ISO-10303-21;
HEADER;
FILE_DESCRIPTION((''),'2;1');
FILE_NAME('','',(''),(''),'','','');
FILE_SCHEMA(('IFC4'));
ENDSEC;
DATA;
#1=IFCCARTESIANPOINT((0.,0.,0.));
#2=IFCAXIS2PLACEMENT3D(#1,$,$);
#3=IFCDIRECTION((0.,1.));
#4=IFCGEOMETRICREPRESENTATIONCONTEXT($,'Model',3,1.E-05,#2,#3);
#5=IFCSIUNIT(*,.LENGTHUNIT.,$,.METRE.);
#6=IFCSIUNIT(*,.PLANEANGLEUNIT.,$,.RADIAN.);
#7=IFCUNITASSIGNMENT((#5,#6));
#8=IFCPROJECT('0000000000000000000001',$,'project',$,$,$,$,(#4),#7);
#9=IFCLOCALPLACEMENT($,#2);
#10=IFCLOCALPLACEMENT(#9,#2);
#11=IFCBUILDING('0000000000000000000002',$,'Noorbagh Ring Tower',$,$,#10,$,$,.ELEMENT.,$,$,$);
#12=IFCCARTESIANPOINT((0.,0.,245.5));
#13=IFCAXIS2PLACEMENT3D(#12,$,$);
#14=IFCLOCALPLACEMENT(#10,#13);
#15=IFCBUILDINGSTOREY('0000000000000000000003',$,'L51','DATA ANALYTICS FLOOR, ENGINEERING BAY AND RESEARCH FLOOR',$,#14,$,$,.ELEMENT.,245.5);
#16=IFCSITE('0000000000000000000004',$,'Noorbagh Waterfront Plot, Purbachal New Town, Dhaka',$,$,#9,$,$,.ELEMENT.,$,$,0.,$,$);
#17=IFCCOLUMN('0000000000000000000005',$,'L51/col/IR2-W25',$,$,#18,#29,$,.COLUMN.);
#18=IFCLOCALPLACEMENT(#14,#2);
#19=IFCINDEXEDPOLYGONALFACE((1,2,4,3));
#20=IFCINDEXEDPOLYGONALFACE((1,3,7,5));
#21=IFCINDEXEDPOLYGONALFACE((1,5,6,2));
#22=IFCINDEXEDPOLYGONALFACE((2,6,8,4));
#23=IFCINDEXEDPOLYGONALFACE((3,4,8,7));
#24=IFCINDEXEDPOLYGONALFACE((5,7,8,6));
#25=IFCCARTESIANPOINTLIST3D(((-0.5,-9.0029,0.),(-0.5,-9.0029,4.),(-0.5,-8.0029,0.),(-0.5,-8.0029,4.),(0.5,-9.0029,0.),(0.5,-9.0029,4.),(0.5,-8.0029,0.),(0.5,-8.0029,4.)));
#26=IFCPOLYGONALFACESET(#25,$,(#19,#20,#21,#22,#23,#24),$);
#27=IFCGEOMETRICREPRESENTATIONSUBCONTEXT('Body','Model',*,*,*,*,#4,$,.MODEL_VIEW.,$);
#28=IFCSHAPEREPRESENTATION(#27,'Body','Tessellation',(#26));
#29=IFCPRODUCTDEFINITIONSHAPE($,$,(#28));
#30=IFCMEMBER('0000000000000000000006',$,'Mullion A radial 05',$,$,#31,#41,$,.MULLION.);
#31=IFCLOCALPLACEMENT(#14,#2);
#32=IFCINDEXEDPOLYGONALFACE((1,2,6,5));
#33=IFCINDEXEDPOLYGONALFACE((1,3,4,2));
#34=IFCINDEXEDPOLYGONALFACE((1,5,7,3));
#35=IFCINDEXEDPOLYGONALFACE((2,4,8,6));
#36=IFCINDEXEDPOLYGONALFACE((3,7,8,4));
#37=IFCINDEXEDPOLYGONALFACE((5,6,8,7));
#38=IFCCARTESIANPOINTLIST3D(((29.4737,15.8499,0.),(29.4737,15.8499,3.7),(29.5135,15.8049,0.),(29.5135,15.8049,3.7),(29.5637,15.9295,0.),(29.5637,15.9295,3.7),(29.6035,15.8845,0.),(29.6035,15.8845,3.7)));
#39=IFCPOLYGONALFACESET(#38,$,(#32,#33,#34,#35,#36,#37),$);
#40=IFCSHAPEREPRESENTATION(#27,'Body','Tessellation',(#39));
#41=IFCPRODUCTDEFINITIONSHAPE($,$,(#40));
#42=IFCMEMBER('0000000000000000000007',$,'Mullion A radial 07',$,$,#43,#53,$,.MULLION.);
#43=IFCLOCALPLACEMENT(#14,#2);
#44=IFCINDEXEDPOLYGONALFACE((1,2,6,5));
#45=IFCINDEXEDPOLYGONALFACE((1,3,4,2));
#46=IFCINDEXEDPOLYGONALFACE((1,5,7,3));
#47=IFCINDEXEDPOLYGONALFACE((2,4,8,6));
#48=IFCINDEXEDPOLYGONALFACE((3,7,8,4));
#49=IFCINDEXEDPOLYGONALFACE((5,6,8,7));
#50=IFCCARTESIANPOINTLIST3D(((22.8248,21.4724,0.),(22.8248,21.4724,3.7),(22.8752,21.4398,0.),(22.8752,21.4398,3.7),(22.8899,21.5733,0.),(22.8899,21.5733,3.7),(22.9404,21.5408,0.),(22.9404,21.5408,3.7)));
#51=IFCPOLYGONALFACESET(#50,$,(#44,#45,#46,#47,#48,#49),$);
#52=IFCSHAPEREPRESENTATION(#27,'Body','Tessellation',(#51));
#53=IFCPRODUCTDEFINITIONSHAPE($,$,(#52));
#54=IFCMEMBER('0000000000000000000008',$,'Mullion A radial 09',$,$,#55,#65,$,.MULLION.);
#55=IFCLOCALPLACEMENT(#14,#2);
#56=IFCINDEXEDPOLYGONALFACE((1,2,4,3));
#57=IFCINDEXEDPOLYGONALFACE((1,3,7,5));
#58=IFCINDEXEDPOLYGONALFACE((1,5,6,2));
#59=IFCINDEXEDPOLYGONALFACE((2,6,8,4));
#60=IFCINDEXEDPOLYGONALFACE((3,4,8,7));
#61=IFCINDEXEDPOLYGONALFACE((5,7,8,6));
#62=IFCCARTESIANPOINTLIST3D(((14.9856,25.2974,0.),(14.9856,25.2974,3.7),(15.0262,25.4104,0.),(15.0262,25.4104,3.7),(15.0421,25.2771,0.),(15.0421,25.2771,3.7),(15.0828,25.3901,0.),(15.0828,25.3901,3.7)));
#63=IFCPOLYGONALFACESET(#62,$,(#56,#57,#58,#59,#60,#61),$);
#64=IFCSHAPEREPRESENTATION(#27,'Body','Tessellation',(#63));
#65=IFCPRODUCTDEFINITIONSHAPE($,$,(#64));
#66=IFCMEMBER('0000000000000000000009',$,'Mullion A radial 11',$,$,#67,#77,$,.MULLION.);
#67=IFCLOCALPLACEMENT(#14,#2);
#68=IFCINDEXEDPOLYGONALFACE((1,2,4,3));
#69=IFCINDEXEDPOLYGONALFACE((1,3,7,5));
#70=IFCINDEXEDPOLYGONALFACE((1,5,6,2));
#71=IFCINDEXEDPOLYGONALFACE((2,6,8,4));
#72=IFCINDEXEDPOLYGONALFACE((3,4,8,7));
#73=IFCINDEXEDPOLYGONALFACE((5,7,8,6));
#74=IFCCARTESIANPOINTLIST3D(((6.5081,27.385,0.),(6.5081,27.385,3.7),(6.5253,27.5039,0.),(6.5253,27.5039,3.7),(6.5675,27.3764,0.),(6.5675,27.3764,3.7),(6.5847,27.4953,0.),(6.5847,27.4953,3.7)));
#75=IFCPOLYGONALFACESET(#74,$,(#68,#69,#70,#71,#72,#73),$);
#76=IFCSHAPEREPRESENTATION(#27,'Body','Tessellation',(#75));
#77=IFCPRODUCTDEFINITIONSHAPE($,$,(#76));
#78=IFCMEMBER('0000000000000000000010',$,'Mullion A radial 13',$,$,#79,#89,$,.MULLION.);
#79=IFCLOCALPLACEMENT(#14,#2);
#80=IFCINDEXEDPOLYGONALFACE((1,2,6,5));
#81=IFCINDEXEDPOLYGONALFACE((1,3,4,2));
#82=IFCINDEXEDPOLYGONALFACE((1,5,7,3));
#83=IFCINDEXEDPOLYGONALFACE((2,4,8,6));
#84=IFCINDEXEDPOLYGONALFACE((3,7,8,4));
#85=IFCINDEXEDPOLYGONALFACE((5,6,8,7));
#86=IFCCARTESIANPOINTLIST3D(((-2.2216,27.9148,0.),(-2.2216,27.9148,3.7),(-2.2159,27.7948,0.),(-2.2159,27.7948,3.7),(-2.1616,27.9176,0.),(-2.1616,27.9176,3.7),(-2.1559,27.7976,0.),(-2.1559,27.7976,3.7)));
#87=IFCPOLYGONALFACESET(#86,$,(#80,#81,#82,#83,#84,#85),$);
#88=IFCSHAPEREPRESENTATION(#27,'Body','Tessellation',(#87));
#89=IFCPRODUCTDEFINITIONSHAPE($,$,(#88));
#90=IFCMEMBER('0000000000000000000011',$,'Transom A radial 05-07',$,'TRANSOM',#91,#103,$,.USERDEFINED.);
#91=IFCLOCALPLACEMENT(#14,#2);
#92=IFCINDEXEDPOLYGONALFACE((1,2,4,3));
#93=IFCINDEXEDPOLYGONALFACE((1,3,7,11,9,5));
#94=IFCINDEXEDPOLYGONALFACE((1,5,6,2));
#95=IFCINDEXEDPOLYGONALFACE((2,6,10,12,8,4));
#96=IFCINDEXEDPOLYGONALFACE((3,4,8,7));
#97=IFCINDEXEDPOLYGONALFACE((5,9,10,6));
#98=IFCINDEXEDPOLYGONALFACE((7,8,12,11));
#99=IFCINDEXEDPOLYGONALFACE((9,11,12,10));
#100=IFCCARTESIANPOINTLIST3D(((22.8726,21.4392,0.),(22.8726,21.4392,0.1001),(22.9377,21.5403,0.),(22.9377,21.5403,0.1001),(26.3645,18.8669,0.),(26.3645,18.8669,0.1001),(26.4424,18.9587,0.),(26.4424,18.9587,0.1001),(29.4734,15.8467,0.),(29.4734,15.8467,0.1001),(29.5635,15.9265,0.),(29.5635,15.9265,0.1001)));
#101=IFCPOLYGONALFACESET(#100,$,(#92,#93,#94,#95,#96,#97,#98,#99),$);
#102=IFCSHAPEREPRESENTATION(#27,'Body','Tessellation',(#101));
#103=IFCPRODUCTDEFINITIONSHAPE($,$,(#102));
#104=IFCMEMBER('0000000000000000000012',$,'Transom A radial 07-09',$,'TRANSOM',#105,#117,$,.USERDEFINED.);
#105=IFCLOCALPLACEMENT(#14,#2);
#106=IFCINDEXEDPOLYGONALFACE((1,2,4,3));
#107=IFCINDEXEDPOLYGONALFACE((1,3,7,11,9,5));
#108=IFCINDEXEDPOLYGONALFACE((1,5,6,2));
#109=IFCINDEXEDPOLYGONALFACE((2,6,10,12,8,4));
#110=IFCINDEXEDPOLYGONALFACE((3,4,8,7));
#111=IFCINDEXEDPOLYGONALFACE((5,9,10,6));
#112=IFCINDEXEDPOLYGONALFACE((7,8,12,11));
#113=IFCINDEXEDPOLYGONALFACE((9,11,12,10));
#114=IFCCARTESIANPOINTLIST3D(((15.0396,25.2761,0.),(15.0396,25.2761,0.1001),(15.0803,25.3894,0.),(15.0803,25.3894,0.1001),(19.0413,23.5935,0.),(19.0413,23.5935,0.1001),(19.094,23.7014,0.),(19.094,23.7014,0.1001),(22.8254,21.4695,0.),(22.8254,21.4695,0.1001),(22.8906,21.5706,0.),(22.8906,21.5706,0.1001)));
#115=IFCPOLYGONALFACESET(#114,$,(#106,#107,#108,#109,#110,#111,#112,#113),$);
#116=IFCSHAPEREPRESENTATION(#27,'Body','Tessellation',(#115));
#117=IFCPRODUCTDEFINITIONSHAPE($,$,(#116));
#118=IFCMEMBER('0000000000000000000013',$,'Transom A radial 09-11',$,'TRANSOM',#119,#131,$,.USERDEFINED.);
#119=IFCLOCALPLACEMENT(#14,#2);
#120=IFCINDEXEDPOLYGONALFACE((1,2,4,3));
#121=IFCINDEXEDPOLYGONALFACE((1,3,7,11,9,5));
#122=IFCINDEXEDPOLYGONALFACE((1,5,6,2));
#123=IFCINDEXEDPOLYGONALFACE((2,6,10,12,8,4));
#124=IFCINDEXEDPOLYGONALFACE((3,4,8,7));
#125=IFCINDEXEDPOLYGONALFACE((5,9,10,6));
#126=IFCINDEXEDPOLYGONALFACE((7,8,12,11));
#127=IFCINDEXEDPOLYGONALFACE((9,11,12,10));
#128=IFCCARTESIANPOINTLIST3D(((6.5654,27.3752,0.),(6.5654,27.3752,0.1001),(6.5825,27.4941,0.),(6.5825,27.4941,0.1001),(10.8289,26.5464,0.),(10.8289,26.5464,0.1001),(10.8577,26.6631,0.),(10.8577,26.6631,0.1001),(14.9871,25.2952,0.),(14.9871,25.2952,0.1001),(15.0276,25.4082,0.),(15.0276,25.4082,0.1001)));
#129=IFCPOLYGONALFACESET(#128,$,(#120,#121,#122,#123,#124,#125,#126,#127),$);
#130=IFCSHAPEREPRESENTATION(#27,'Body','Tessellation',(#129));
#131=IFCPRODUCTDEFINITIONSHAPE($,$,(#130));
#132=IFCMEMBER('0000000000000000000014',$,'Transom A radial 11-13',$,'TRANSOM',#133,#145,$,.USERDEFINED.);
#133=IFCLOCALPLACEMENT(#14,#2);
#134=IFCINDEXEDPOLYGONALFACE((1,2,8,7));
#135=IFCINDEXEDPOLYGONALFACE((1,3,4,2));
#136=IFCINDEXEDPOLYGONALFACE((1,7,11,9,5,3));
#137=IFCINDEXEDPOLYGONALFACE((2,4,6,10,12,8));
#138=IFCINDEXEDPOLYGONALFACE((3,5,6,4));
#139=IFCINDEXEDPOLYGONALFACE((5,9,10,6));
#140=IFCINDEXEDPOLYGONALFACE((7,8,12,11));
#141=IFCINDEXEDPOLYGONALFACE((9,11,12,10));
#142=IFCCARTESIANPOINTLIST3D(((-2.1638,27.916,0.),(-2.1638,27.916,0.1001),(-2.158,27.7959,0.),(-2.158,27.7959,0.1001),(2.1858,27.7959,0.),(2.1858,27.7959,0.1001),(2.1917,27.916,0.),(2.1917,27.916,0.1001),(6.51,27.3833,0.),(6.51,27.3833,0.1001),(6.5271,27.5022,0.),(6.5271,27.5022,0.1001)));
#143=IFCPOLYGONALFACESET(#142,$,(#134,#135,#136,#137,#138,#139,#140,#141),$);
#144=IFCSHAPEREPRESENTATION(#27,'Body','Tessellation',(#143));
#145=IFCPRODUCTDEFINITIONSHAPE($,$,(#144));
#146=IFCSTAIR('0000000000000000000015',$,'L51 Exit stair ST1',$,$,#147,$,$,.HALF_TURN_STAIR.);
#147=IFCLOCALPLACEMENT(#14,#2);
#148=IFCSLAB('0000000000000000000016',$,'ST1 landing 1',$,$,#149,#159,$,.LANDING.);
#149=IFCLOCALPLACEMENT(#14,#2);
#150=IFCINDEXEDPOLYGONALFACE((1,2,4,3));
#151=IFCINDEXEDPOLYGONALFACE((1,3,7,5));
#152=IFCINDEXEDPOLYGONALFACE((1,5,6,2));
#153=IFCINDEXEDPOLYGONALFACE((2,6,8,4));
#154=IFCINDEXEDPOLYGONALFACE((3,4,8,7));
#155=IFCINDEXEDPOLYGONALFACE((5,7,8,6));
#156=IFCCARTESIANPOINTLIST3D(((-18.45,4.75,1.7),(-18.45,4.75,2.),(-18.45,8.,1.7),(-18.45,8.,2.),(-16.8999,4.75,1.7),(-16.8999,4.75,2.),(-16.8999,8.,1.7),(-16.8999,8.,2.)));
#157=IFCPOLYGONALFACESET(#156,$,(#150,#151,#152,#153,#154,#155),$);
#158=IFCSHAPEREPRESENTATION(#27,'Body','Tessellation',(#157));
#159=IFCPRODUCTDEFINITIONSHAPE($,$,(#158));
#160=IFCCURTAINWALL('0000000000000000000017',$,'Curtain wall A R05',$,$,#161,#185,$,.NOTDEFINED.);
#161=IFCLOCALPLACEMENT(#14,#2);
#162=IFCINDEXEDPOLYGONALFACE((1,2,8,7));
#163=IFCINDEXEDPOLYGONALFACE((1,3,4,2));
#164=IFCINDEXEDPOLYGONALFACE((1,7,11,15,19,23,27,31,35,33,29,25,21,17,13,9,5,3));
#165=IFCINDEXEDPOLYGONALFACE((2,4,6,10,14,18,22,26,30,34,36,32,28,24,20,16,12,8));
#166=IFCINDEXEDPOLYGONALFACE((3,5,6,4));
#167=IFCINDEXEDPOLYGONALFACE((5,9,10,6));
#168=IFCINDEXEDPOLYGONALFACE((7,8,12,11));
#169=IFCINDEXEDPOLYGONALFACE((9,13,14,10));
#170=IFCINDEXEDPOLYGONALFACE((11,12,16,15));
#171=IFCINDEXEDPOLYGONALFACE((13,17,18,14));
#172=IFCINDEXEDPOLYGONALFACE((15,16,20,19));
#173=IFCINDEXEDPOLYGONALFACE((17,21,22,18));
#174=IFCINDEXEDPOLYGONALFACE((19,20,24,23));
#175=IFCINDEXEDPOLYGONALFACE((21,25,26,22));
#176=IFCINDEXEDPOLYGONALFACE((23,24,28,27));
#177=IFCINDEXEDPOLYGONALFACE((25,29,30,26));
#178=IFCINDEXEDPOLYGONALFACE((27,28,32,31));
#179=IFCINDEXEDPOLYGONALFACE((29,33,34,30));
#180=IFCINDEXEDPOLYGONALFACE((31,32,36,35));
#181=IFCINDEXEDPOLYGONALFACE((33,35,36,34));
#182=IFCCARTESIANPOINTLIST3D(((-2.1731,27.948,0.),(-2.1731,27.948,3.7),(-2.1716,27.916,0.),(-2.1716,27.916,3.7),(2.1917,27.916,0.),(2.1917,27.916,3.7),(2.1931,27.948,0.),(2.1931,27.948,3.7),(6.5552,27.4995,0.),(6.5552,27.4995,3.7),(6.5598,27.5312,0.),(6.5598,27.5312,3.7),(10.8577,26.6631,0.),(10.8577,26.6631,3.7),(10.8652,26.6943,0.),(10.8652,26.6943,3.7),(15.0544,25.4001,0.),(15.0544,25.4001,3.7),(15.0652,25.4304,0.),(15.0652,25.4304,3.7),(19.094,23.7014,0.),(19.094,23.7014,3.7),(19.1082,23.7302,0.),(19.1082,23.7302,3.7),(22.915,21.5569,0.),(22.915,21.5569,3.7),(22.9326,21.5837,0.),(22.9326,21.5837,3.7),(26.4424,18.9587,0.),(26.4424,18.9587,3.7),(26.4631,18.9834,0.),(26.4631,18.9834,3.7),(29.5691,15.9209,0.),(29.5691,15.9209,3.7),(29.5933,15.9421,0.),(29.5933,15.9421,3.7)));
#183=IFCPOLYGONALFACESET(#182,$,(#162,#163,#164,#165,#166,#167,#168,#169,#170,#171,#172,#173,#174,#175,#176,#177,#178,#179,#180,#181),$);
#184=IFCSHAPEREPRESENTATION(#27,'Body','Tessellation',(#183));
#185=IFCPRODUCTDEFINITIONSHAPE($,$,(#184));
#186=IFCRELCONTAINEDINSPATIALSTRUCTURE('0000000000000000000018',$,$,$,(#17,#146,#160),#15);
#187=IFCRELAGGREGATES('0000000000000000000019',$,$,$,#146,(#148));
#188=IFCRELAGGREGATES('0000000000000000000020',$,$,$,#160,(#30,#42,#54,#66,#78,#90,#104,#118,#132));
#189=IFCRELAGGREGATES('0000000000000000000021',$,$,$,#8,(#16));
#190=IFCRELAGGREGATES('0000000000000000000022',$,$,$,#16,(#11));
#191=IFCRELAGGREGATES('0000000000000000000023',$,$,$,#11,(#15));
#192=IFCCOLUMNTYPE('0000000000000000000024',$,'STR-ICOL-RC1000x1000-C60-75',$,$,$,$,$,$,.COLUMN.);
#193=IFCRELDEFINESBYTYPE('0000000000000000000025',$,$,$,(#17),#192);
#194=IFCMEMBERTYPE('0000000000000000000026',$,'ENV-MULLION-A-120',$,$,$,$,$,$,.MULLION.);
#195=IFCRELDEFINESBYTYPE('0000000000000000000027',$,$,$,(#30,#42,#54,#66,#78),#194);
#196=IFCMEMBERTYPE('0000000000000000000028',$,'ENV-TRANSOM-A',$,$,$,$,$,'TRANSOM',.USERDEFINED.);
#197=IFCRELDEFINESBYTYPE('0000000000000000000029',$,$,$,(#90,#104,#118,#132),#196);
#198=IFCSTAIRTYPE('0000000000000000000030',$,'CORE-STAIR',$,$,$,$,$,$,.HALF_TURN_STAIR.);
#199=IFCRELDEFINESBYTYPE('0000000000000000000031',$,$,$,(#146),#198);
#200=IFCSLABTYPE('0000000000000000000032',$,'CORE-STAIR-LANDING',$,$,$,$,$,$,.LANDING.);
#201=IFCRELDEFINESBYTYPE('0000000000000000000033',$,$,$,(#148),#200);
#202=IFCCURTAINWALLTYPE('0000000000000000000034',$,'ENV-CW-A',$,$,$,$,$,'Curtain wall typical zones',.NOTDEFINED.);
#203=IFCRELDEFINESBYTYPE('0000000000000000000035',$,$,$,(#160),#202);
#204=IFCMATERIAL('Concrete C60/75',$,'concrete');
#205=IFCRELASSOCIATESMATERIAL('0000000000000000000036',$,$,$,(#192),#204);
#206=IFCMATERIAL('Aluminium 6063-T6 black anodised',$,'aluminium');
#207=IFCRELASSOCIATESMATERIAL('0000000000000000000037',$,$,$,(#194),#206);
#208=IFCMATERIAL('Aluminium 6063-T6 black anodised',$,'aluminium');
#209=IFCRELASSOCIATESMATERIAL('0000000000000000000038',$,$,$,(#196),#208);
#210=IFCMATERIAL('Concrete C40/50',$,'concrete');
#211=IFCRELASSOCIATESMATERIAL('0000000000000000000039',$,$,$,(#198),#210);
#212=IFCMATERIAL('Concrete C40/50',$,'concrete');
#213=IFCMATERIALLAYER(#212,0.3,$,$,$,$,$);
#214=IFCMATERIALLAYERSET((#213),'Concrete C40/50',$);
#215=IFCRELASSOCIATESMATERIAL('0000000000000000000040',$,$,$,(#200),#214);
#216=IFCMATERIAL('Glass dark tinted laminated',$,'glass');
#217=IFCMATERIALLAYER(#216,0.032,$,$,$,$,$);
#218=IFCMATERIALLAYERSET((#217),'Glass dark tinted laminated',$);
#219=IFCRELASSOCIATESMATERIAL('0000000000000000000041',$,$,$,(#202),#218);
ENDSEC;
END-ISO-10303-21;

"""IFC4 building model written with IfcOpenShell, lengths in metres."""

from ifc_helpers import new_model, si_unit, direction, frame, origin, origin_2d, place, context, subcontext, project, spatial, polyline, rectangle, outline, extrude, material, layer, layer_set, material_profile, profile_set, type_object, element, aggregate, save


model = new_model("IFC4")

# Units and contexts
model_context = context("Model", 3, precision=1e-05, world=origin(), true_north=direction((0.0, 1.0)))
body_context = subcontext(model_context, "Body", "Model", "MODEL_VIEW")
ifc_project = project(units=[si_unit("LENGTHUNIT", "METRE"), si_unit("PLANEANGLEUNIT", "RADIAN")], contexts=[model_context])

# Site, building, storey
site_placement = place(None, origin())
site = spatial("IfcSite", under=ifc_project, at=site_placement, Name="Noorbagh Waterfront Plot, Purbachal New Town, Dhaka", CompositionType="ELEMENT", RefElevation=0.0)
building_placement = place(site_placement, origin())
building = spatial("IfcBuilding", under=site, at=building_placement, Name="Noorbagh Ring Tower", CompositionType="ELEMENT")
storey_placement = place(building_placement, frame((0.0, 0.0, 245.5)))
storey = spatial("IfcBuildingStorey", under=building, at=storey_placement, Name="L51", Description="DATA ANALYTICS FLOOR, ENGINEERING BAY AND RESEARCH FLOOR", CompositionType="ELEMENT", Elevation=245.5)

# Column
ifc_material_1 = material(Name="Concrete C60/75", Category="concrete")
ifc_material_profile_1 = material_profile(ifc_material_1, rectangle(XDim=1.0, YDim=1.0, at=origin_2d()), Name="RC1000x1000")
ifc_profile_set_1 = profile_set([ifc_material_profile_1], Name="Concrete C60/75")
column_type = type_object("IfcColumnType", Name="STR-ICOL-RC1000x1000-C60-75", PredefinedType="COLUMN", material=ifc_profile_set_1)
column_placement = place(storey_placement, frame((0.0, -8.5029, 0.0), z_axis=(0.0, 0.0, 1.0), x_axis=(1.0, 0.0, 0.0)))
element("IfcColumn", 1, at=column_placement, inside=storey, type_object=column_type, Name="L51/col/IR2-W25", PredefinedType="COLUMN", context=body_context, shape_type="SweptSolid", body=[
    extrude(rectangle(XDim=1.0, YDim=1.0, at=origin_2d()), origin(), (0.0, 0.0, 1.0), 4.0),
])

# Members
ifc_material_2 = material(Name="Aluminium 6063-T6 black anodised", Category="aluminium")
ifc_material_profile_2 = material_profile(ifc_material_2, rectangle(XDim=0.1201, YDim=0.0601, at=origin_2d()), Name="120x60")
ifc_profile_set_2 = profile_set([ifc_material_profile_2], Name="Aluminium 6063-T6 black anodised")
member_type_1 = type_object("IfcMemberType", Name="ENV-MULLION-A-120", PredefinedType="MULLION", material=ifc_profile_set_2)
member_1_placement = place(storey_placement, frame((29.5386, 15.8672, 0.0), z_axis=(0.0, 0.0, 1.0), x_axis=(-0.749047, -0.662517, 0.0)))
member_1 = element("IfcMember", 2, at=member_1_placement, type_object=member_type_1, Name="Mullion A radial 05", PredefinedType="MULLION", context=body_context, shape_type="SweptSolid", body=[
    extrude(rectangle(XDim=0.1201, YDim=0.0601, at=origin_2d()), origin(), (0.0, 0.0, 1.0), 3.7),
])
member_2_placement = place(storey_placement, frame((22.8826, 21.5066, 0.0), z_axis=(0.0, 0.0, 1.0), x_axis=(-0.542279, -0.840198, 0.0)))
member_2 = element("IfcMember", 3, at=member_2_placement, type_object=member_type_1, Name="Mullion A radial 07", PredefinedType="MULLION", context=body_context, shape_type="SweptSolid", body=[
    extrude(rectangle(XDim=0.1201, YDim=0.0601, at=origin_2d()), origin(), (0.0, 0.0, 1.0), 3.7),
])
member_3_placement = place(storey_placement, frame((15.0342, 25.3438, 0.0), z_axis=(0.0, 0.0, 1.0), x_axis=(-0.338379, -0.94101, 0.0)))
member_3 = element("IfcMember", 4, at=member_3_placement, type_object=member_type_1, Name="Mullion A radial 09", PredefinedType="MULLION", context=body_context, shape_type="SweptSolid", body=[
    extrude(rectangle(XDim=0.1201, YDim=0.0601, at=origin_2d()), origin(), (0.0, 0.0, 1.0), 3.7),
])
member_4_placement = place(storey_placement, frame((6.5464, 27.4402, 0.0), z_axis=(0.0, 0.0, 1.0), x_axis=(-0.143082, -0.989711, 0.0)))
member_4 = element("IfcMember", 5, at=member_4_placement, type_object=member_type_1, Name="Mullion A radial 11", PredefinedType="MULLION", context=body_context, shape_type="SweptSolid", body=[
    extrude(rectangle(XDim=0.1201, YDim=0.0601, at=origin_2d()), origin(), (0.0, 0.0, 1.0), 3.7),
])
member_5_placement = place(storey_placement, frame((-2.1887, 27.8562, 0.0), z_axis=(0.0, 0.0, 1.0), x_axis=(0.047558, -0.998868, 0.0)))
member_5 = element("IfcMember", 6, at=member_5_placement, type_object=member_type_1, Name="Mullion A radial 13", PredefinedType="MULLION", context=body_context, shape_type="SweptSolid", body=[
    extrude(rectangle(XDim=0.1201, YDim=0.0601, at=origin_2d()), origin(), (0.0, 0.0, 1.0), 3.7),
])
ifc_material_3 = material(Name="Aluminium 6063-T6 black anodised", Category="aluminium")
member_type_2 = type_object("IfcMemberType", Name="ENV-TRANSOM-A", ElementType="TRANSOM", PredefinedType="USERDEFINED", material=ifc_material_3)
member_6_placement = place(storey_placement, origin())
member_6 = element("IfcMember", 7, at=member_6_placement, type_object=member_type_2, Name="Transom A radial 05-07", ObjectType="TRANSOM", PredefinedType="USERDEFINED", context=body_context, shape_type="SweptSolid", body=[
    extrude(outline(polyline([(29.5635, 15.9265), (26.4424, 18.9587), (22.9377, 21.5403), (22.8726, 21.4392), (26.3645, 18.8669), (29.4734, 15.8467), (29.5635, 15.9265)])), origin(), (0.0, 0.0, 1.0), 0.1001),
])
member_7_placement = place(storey_placement, origin())
member_7 = element("IfcMember", 8, at=member_7_placement, type_object=member_type_2, Name="Transom A radial 07-09", ObjectType="TRANSOM", PredefinedType="USERDEFINED", context=body_context, shape_type="SweptSolid", body=[
    extrude(outline(polyline([(22.8906, 21.5706), (19.094, 23.7014), (15.0803, 25.3894), (15.0396, 25.2761), (19.0413, 23.5935), (22.8254, 21.4695), (22.8906, 21.5706)])), origin(), (0.0, 0.0, 1.0), 0.1001),
])
member_8_placement = place(storey_placement, origin())
member_8 = element("IfcMember", 9, at=member_8_placement, type_object=member_type_2, Name="Transom A radial 09-11", ObjectType="TRANSOM", PredefinedType="USERDEFINED", context=body_context, shape_type="SweptSolid", body=[
    extrude(outline(polyline([(15.0276, 25.4082), (10.8577, 26.6631), (6.5825, 27.4941), (6.5654, 27.3752), (10.8289, 26.5464), (14.9871, 25.2952), (15.0276, 25.4082)])), origin(), (0.0, 0.0, 1.0), 0.1001),
])
member_9_placement = place(storey_placement, origin())
member_9 = element("IfcMember", 10, at=member_9_placement, type_object=member_type_2, Name="Transom A radial 11-13", ObjectType="TRANSOM", PredefinedType="USERDEFINED", context=body_context, shape_type="SweptSolid", body=[
    extrude(outline(polyline([(6.5271, 27.5022), (2.1917, 27.916), (-2.1638, 27.916), (-2.158, 27.7959), (2.1858, 27.7959), (6.51, 27.3833), (6.5271, 27.5022)])), origin(), (0.0, 0.0, 1.0), 0.1001),
])

# Stair, slab
ifc_material_4 = material(Name="Concrete C40/50", Category="concrete")
stair_type = type_object("IfcStairType", Name="CORE-STAIR", PredefinedType="HALF_TURN_STAIR", material=ifc_material_4)
stair_1_placement = place(storey_placement, origin())
stair_1 = element("IfcStair", 11, at=stair_1_placement, inside=storey, type_object=stair_type, Name="L51 Exit stair ST1", PredefinedType="HALF_TURN_STAIR")
ifc_material_5 = material(Name="Concrete C40/50", Category="concrete")
ifc_layer_1 = layer(ifc_material_5, 0.3)
ifc_layer_set_1 = layer_set([ifc_layer_1], Name="Concrete C40/50")
slab_type_1 = type_object("IfcSlabType", Name="CORE-STAIR-LANDING", PredefinedType="LANDING", material=ifc_layer_set_1)
slab_1_placement = place(storey_placement, frame((0.0, 0.0, 1.7)))
slab_1 = element("IfcSlab", 12, at=slab_1_placement, type_object=slab_type_1, Name="ST1 landing 1", PredefinedType="LANDING", context=body_context, shape_type="SweptSolid", body=[
    extrude(outline(polyline([(-18.45, 4.75), (-16.8999, 4.75), (-16.8999, 8.0), (-18.45, 8.0), (-18.45, 4.75)])), origin(), (0.0, 0.0, 1.0), 0.3),
])
aggregate(stair_1, [slab_1])

# Curtain wall
ifc_material_6 = material(Name="Glass dark tinted laminated", Category="glass")
ifc_layer_2 = layer(ifc_material_6, 0.032)
ifc_layer_set_2 = layer_set([ifc_layer_2], Name="Glass dark tinted laminated")
curtain_wall_type = type_object("IfcCurtainWallType", Name="ENV-CW-A", ElementType="Curtain wall typical zones", PredefinedType="NOTDEFINED", material=ifc_layer_set_2)
curtain_wall_1_placement = place(storey_placement, origin())
curtain_wall_1 = element("IfcCurtainWall", 13, at=curtain_wall_1_placement, inside=storey, type_object=curtain_wall_type, Name="Curtain wall A R05", PredefinedType="NOTDEFINED", context=body_context, shape_type="SweptSolid", body=[
    extrude(outline(polyline([(29.5933, 15.9421), (26.4631, 18.9834), (22.9326, 21.5837), (19.1082, 23.7302), (15.0652, 25.4304), (10.8652, 26.6943), (6.5598, 27.5312), (2.1931, 27.948), (-2.1731, 27.948), (-2.1716, 27.916), (2.1917, 27.916), (6.5552, 27.4995), (10.8577, 26.6631), (15.0544, 25.4001), (19.094, 23.7014), (22.915, 21.5569), (26.4424, 18.9587), (29.5691, 15.9209), (29.5933, 15.9421)])), origin(), (0.0, 0.0, 1.0), 3.7),
])
aggregate(curtain_wall_1, [member_1, member_2, member_3, member_4, member_5, member_6, member_7, member_8, member_9])

save(model, "model.ifc")
